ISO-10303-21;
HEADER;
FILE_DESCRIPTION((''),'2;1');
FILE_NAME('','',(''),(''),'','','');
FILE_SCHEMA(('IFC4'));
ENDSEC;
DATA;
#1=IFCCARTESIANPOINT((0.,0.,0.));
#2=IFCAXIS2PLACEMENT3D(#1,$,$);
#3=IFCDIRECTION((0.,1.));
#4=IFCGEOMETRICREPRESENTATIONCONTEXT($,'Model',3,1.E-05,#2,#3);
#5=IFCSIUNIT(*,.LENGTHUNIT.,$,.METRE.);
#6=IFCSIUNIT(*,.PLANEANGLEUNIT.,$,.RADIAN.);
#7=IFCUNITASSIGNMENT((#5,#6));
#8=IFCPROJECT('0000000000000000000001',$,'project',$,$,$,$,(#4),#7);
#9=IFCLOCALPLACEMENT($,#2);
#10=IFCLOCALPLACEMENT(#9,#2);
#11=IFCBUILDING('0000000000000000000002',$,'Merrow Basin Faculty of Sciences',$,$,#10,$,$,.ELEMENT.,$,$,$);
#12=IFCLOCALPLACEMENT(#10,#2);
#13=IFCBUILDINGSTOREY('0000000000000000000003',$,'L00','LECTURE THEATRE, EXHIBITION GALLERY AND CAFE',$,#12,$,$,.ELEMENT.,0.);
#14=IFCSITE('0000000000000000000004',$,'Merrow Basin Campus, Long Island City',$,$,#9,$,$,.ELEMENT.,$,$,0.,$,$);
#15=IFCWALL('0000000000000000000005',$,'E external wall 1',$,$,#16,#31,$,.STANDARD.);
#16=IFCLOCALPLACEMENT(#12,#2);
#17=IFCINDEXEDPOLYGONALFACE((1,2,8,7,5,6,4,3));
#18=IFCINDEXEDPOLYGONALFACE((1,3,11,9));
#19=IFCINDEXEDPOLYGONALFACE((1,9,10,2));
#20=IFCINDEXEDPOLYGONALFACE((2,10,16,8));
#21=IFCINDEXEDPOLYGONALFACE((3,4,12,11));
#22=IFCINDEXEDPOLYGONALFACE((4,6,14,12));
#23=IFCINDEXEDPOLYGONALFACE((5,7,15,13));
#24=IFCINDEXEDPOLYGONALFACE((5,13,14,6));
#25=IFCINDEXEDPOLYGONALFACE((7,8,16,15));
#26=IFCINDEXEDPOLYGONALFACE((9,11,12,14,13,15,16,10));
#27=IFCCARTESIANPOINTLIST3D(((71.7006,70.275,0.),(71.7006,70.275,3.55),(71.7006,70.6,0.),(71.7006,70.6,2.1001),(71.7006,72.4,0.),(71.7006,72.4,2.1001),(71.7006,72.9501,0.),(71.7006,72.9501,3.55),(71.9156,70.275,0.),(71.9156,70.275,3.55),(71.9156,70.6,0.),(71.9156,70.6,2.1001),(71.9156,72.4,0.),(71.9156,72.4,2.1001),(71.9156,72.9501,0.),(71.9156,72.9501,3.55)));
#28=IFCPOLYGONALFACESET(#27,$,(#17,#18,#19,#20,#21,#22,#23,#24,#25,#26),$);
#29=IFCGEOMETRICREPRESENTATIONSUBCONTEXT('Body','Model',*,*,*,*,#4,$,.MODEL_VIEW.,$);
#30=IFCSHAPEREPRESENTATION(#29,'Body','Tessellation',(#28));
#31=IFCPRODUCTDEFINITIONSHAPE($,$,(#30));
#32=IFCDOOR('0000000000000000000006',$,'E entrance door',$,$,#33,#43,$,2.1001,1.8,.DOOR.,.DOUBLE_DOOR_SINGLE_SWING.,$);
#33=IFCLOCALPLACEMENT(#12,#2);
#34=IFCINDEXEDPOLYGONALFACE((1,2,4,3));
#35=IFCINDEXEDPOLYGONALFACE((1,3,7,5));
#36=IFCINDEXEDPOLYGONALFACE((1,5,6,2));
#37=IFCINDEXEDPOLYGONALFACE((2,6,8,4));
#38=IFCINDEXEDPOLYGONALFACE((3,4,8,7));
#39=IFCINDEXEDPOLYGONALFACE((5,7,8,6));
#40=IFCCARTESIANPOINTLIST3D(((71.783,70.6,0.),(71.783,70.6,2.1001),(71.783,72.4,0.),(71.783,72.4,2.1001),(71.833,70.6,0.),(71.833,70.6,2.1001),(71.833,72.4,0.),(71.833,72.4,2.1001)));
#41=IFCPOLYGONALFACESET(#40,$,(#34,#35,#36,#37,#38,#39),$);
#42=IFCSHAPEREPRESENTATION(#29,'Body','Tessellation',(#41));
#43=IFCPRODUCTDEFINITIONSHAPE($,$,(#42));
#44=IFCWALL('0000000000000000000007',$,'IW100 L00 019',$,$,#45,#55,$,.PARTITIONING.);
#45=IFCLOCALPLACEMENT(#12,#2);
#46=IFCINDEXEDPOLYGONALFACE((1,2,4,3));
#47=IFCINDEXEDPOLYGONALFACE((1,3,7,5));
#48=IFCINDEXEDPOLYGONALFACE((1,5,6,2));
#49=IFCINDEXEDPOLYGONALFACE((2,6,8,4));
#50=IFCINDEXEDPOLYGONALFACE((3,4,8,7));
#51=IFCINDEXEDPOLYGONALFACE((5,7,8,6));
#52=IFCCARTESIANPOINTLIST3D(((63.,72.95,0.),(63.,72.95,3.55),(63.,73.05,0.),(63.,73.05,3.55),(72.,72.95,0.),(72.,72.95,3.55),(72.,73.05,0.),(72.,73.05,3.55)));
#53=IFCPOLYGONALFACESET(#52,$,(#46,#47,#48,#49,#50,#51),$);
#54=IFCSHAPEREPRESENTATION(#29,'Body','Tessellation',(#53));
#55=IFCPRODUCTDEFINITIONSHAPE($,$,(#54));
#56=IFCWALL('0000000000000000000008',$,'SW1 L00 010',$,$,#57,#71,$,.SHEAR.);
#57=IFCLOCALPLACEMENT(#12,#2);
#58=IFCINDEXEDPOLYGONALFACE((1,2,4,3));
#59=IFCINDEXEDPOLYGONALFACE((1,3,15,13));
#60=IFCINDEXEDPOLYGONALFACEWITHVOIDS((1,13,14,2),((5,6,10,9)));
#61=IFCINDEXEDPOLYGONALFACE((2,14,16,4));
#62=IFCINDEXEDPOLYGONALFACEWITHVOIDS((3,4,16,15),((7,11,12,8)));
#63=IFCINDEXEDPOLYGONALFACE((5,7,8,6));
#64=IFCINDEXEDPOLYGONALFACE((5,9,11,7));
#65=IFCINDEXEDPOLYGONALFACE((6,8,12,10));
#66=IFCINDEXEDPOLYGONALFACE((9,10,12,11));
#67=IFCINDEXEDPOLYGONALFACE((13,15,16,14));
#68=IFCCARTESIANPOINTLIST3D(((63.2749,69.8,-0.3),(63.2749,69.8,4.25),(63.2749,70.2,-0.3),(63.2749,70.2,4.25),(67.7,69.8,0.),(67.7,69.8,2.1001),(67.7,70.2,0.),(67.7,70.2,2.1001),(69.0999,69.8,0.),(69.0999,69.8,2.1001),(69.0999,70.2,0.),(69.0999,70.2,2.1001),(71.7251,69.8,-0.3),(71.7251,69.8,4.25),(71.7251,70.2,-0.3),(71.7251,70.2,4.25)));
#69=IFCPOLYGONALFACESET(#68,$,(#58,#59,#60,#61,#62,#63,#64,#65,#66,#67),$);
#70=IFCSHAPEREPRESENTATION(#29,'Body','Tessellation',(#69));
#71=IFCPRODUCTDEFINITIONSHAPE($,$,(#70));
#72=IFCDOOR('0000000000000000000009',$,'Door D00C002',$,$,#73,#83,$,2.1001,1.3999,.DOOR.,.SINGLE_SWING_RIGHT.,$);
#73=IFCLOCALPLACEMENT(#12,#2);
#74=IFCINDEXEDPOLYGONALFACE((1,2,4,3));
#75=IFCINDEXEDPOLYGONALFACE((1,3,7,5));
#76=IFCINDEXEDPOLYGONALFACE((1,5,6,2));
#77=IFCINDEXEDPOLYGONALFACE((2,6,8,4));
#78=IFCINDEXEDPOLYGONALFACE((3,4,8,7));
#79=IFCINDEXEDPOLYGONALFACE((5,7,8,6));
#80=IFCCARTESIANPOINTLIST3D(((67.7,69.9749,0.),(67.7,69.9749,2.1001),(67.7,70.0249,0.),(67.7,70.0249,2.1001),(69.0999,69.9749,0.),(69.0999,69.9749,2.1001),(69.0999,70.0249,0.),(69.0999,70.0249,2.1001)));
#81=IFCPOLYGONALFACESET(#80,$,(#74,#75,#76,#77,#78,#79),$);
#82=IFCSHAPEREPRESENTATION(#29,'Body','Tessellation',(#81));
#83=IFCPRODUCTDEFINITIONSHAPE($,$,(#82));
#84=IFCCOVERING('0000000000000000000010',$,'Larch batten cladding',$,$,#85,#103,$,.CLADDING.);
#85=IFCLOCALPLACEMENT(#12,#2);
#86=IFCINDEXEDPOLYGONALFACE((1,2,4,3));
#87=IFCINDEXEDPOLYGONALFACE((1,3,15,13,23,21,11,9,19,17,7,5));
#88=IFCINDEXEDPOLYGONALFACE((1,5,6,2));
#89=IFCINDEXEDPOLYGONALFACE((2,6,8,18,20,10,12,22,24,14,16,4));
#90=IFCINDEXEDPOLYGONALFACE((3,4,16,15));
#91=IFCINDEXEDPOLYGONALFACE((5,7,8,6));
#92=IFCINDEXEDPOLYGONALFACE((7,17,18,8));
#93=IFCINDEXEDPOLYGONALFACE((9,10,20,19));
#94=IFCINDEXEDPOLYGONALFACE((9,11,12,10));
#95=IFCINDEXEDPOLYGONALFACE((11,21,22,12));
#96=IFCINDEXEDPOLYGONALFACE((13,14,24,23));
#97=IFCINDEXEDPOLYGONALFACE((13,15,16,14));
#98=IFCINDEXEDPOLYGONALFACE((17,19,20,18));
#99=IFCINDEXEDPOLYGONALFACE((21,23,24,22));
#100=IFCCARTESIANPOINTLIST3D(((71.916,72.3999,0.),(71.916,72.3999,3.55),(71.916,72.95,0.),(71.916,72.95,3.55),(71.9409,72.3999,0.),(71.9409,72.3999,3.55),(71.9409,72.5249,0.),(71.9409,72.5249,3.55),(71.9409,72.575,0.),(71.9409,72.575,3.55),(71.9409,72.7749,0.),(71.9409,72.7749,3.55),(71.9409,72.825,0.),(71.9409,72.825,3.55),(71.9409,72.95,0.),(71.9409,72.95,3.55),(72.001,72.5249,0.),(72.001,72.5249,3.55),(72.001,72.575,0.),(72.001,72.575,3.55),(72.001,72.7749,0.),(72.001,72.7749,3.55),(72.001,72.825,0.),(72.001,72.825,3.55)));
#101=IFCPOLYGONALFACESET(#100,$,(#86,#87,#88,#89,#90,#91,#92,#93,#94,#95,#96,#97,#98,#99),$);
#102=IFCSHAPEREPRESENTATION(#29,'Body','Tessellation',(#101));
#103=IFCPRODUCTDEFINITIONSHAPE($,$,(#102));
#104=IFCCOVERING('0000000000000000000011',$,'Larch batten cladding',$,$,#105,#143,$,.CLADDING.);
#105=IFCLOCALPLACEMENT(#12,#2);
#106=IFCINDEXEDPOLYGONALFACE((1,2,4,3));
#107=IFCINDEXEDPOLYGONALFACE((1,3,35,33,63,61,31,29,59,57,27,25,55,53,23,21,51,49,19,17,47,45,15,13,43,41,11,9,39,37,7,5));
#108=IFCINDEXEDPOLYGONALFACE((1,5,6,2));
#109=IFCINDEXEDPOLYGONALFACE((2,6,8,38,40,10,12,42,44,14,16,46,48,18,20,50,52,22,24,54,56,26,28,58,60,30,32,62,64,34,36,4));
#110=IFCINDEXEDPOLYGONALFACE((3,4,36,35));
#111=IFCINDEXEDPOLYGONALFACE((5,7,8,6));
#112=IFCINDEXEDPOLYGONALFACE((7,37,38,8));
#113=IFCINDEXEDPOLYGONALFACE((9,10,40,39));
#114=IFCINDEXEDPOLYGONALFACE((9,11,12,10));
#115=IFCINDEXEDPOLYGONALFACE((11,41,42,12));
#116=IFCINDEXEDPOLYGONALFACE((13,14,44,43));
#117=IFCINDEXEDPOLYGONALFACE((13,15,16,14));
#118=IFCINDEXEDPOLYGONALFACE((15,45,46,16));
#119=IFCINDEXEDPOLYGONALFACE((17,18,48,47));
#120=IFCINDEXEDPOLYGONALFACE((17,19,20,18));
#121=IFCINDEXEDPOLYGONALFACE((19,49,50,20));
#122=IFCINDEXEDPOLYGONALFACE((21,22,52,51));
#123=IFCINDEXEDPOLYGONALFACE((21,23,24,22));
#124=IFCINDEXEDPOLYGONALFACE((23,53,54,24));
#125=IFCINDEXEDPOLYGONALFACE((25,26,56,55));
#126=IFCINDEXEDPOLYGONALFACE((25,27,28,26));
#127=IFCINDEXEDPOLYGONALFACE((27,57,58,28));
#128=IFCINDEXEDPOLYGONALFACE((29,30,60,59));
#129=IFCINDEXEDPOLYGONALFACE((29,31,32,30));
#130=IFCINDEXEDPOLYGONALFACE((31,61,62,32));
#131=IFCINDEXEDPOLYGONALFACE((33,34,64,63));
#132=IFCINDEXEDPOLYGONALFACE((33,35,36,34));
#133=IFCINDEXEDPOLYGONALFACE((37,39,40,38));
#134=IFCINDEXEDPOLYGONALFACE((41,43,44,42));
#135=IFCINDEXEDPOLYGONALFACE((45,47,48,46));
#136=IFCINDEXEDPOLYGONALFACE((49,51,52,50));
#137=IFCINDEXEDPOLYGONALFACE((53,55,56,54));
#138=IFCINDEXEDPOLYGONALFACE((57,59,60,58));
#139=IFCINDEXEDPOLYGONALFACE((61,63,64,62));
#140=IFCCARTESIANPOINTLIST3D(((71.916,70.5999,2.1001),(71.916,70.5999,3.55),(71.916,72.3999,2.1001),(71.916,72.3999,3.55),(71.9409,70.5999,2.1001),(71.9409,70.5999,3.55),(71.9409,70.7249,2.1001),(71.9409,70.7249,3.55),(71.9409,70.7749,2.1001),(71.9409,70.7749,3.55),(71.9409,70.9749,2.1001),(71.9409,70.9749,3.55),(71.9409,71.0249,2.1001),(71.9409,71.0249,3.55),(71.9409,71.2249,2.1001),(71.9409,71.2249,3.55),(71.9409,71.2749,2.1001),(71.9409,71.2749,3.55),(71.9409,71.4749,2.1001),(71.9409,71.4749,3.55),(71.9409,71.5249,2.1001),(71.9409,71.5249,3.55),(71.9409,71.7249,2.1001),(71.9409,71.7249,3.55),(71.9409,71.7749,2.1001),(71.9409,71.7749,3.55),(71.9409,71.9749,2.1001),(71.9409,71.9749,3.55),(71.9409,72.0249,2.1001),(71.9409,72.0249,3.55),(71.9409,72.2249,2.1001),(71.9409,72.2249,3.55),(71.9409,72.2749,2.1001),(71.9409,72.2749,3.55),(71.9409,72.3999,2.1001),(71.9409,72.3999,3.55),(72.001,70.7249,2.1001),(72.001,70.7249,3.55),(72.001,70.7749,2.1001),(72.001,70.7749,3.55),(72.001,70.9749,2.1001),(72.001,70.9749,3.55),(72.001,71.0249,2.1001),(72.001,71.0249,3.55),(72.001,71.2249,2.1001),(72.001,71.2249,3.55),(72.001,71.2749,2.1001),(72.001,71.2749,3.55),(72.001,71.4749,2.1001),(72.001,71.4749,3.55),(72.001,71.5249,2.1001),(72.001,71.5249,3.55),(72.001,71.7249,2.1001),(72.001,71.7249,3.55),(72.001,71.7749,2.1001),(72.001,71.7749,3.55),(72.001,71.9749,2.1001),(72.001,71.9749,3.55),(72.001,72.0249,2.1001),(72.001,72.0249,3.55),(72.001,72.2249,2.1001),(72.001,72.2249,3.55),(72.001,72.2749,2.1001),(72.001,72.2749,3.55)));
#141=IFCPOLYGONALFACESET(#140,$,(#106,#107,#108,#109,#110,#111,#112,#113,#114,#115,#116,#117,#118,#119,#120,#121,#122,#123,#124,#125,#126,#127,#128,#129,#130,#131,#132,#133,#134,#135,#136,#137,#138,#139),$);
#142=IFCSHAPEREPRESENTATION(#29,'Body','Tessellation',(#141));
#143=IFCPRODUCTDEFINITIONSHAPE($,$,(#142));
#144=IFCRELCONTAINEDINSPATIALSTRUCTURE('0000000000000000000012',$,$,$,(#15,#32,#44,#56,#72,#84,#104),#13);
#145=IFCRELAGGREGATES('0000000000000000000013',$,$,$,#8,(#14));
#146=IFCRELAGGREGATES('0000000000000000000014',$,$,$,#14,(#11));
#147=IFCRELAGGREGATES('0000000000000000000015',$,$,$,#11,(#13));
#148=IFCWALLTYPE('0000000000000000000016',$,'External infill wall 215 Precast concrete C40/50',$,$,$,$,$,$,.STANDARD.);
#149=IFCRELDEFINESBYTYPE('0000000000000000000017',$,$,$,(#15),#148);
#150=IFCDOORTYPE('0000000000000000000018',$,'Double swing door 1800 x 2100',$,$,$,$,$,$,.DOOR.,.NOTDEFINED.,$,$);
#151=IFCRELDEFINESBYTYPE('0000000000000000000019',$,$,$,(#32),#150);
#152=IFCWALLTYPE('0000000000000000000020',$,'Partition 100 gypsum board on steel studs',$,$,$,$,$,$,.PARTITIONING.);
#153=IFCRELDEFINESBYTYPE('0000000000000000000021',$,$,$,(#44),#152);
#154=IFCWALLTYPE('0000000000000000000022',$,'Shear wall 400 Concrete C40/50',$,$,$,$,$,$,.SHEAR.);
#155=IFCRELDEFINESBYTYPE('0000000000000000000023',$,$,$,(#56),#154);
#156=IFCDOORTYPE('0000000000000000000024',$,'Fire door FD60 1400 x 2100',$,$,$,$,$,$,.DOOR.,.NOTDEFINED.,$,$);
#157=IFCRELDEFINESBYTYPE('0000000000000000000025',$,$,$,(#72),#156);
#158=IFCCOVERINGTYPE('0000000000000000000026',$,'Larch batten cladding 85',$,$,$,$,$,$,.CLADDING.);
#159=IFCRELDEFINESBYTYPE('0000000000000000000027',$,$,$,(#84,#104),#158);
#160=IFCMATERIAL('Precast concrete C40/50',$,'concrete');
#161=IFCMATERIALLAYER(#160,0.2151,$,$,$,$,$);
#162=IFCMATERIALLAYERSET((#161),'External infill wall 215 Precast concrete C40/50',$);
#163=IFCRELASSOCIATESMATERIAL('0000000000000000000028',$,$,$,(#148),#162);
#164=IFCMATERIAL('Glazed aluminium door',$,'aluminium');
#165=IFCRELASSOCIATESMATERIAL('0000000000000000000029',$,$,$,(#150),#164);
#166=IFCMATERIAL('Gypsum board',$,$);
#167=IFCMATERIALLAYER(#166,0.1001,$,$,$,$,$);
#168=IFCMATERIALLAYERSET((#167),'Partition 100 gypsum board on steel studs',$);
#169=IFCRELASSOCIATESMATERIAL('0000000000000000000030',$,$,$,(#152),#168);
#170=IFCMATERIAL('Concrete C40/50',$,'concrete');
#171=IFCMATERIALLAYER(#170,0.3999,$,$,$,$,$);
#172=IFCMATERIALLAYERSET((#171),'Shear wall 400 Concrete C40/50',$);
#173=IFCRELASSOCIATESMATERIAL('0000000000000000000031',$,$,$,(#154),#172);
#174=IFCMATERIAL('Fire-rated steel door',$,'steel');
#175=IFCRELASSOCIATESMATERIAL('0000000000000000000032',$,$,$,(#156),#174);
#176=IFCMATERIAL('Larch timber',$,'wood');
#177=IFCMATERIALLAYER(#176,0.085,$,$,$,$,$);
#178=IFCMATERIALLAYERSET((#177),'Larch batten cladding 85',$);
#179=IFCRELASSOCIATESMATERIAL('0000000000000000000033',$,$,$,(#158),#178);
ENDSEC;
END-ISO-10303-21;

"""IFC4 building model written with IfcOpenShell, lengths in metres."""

from ifc_helpers import new_model, si_unit, direction, frame, frame_2d, origin, place, context, subcontext, project, spatial, polyline, rectangle, outline, extrude, source, transform, mapped, material, layer, layer_set, type_object, element, fill, save


model = new_model("IFC4")

# Units and contexts
model_context = context("Model", 3, precision=1e-05, world=origin(), true_north=direction((0.0, 1.0)))
body_context = subcontext(model_context, "Body", "Model", "MODEL_VIEW")
ifc_project = project(units=[si_unit("LENGTHUNIT", "METRE"), si_unit("PLANEANGLEUNIT", "RADIAN")], contexts=[model_context])

# Site, building, storey
site_placement = place(None, origin())
site = spatial("IfcSite", under=ifc_project, at=site_placement, Name="Merrow Basin Campus, Long Island City", CompositionType="ELEMENT", RefElevation=0.0)
building_placement = place(site_placement, origin())
building = spatial("IfcBuilding", under=site, at=building_placement, Name="Merrow Basin Faculty of Sciences", CompositionType="ELEMENT")
storey_placement = place(building_placement, origin())
storey = spatial("IfcBuildingStorey", under=building, at=storey_placement, Name="L00", Description="LECTURE THEATRE, EXHIBITION GALLERY AND CAFE", CompositionType="ELEMENT", Elevation=0.0)

# Wall, opening, door
ifc_material_1 = material(Name="Precast concrete C40/50", Category="concrete")
ifc_layer_1 = layer(ifc_material_1, 0.2151)
ifc_layer_set_1 = layer_set([ifc_layer_1], Name="External infill wall 215 Precast concrete C40/50")
wall_type_1 = type_object("IfcWallType", Name="External infill wall 215 Precast concrete C40/50", PredefinedType="STANDARD", material=ifc_layer_set_1)
wall_1_placement = place(storey_placement, frame((71.8081, 72.95, 0.0), z_axis=(0.0, 0.0, 1.0), x_axis=(0.0, -1.0, 0.0)))
wall_1 = element("IfcWall", 1, at=wall_1_placement, inside=storey, type_object=wall_type_1, Name="E external wall 1", PredefinedType="STANDARD", context=body_context, shape_type="SweptSolid", body=[
    extrude(rectangle(XDim=2.675, YDim=0.2151, at=frame_2d((1.3374, 0.0))), origin(), (0.0, 0.0, 1.0), 3.55),
])
opening_1_placement = place(wall_1_placement, frame((0.55, 0.0, 0.0)))
opening_1 = element("IfcOpeningElement", 2, at=opening_1_placement, cuts=wall_1, PredefinedType="OPENING", context=body_context, shape_type="SweptSolid", body=[
    extrude(rectangle(XDim=1.8, YDim=2.1001, at=frame_2d((0.8999, 1.05))), frame((0.0, 0.1174, 0.0), z_axis=(0.0, -1.0, 0.0), x_axis=(1.0, 0.0, 0.0)), (0.0, 0.0, 1.0), 0.2351),
])
ifc_material_2 = material(Name="Glazed aluminium door", Category="aluminium")
door_type_1 = type_object("IfcDoorType", Name="Double swing door 1800 x 2100", OperationType="NOTDEFINED", PredefinedType="DOOR", material=ifc_material_2)
door_1_placement = place(opening_1_placement, origin())
door_1 = element("IfcDoor", 3, at=door_1_placement, inside=storey, type_object=door_type_1, Name="E entrance door", OperationType="DOUBLE_DOOR_SINGLE_SWING", OverallHeight=2.1001, OverallWidth=1.8, PredefinedType="DOOR", context=body_context, shape_type="SweptSolid", body=[
    extrude(rectangle(XDim=1.8, YDim=2.1001, at=frame_2d((0.8999, 1.05))), frame((0.0, 0.0249, 0.0), z_axis=(0.0, -1.0, 0.0), x_axis=(1.0, 0.0, 0.0)), (0.0, 0.0, 1.0), 0.05),
])
fill(opening_1, door_1)
ifc_material_3 = material(Name="Gypsum board")
ifc_layer_2 = layer(ifc_material_3, 0.1001)
ifc_layer_set_2 = layer_set([ifc_layer_2], Name="Partition 100 gypsum board on steel studs")
wall_type_2 = type_object("IfcWallType", Name="Partition 100 gypsum board on steel studs", PredefinedType="PARTITIONING", material=ifc_layer_set_2)

# Wall
wall_2_placement = place(storey_placement, frame((63.0, 73.0, 0.0), z_axis=(0.0, 0.0, 1.0), x_axis=(1.0, 0.0, 0.0)))
element("IfcWall", 4, at=wall_2_placement, inside=storey, type_object=wall_type_2, Name="IW100 L00 019", PredefinedType="PARTITIONING", context=body_context, shape_type="SweptSolid", body=[
    extrude(rectangle(XDim=9.0, YDim=0.1001, at=frame_2d((4.5, 0.0))), origin(), (0.0, 0.0, 1.0), 3.55),
])

# Wall, opening, door
ifc_material_4 = material(Name="Concrete C40/50", Category="concrete")
ifc_layer_3 = layer(ifc_material_4, 0.3999)
ifc_layer_set_3 = layer_set([ifc_layer_3], Name="Shear wall 400 Concrete C40/50")
wall_type_3 = type_object("IfcWallType", Name="Shear wall 400 Concrete C40/50", PredefinedType="SHEAR", material=ifc_layer_set_3)
wall_3_placement = place(storey_placement, frame((63.2749, 70.0, -0.3), z_axis=(0.0, 0.0, 1.0), x_axis=(1.0, 0.0, 0.0)))
wall_3 = element("IfcWall", 5, at=wall_3_placement, inside=storey, type_object=wall_type_3, Name="SW1 L00 010", PredefinedType="SHEAR", context=body_context, shape_type="SweptSolid", body=[
    extrude(rectangle(XDim=8.4502, YDim=0.3999, at=frame_2d((4.2251, 0.0))), origin(), (0.0, 0.0, 1.0), 4.55),
])
opening_2_placement = place(wall_3_placement, frame((4.425, 0.0, 0.3)))
opening_2 = element("IfcOpeningElement", 6, at=opening_2_placement, cuts=wall_3, PredefinedType="OPENING", context=body_context, shape_type="SweptSolid", body=[
    extrude(rectangle(XDim=1.3999, YDim=2.1001, at=frame_2d((0.7, 1.05))), frame((0.0, 0.21, 0.0), z_axis=(0.0, -1.0, 0.0), x_axis=(1.0, 0.0, 0.0)), (0.0, 0.0, 1.0), 0.4199),
])
ifc_material_5 = material(Name="Fire-rated steel door", Category="steel")
door_type_2 = type_object("IfcDoorType", Name="Fire door FD60 1400 x 2100", OperationType="NOTDEFINED", PredefinedType="DOOR", material=ifc_material_5)
door_2_placement = place(opening_2_placement, origin())
door_2 = element("IfcDoor", 7, at=door_2_placement, inside=storey, type_object=door_type_2, Name="Door D00C002", OperationType="SINGLE_SWING_RIGHT", OverallHeight=2.1001, OverallWidth=1.3999, PredefinedType="DOOR", context=body_context, shape_type="SweptSolid", body=[
    extrude(rectangle(XDim=1.3999, YDim=2.1001, at=frame_2d((0.7, 1.05))), frame((0.0, 0.0249, 0.0), z_axis=(0.0, -1.0, 0.0), x_axis=(1.0, 0.0, 0.0)), (0.0, 0.0, 1.0), 0.05),
])
fill(opening_2, door_2)

# Coverings
ifc_material_6 = material(Name="Larch timber", Category="wood")
ifc_layer_4 = layer(ifc_material_6, 0.085)
ifc_layer_set_4 = layer_set([ifc_layer_4], Name="Larch batten cladding 85")
covering_type = type_object("IfcCoveringType", Name="Larch batten cladding 85", PredefinedType="CLADDING", material=ifc_layer_set_4)
shared_shape_1 = source(origin(), body_context, "Body", "SweptSolid", [
    extrude(outline(polyline([(0.0, 0.0), (0.55, 0.0), (0.55, 0.0249), (0.425, 0.0249), (0.425, 0.085), (0.375, 0.085), (0.375, 0.0249), (0.175, 0.0249), (0.175, 0.085), (0.125, 0.085), (0.125, 0.0249), (0.0, 0.0249), (0.0, 0.0)])), origin(), (0.0, 0.0, 1.0), 3.55),
])
covering_1_placement = place(storey_placement, frame((71.916, 72.95, 0.0), z_axis=(0.0, 0.0, 1.0), x_axis=(0.0, -1.0, 0.0)))
element("IfcCovering", 8, at=covering_1_placement, inside=storey, type_object=covering_type, Name="Larch batten cladding", PredefinedType="CLADDING", context=body_context, shape_type="MappedRepresentation", body=[
    mapped(shared_shape_1, transform((0.0, 0.0, 0.0), scale=1.0)),
])
shared_shape_2 = source(origin(), body_context, "Body", "SweptSolid", [
    extrude(outline(polyline([(0.0, 0.0), (1.8, 0.0), (1.8, 0.0249), (1.675, 0.0249), (1.675, 0.085), (1.625, 0.085), (1.625, 0.0249), (1.425, 0.0249), (1.425, 0.085), (1.375, 0.085), (1.375, 0.0249), (1.175, 0.0249), (1.175, 0.085), (1.125, 0.085), (1.125, 0.0249), (0.925, 0.0249), (0.925, 0.085), (0.875, 0.085), (0.875, 0.0249), (0.675, 0.0249), (0.675, 0.085), (0.625, 0.085), (0.625, 0.0249), (0.425, 0.0249), (0.425, 0.085), (0.375, 0.085), (0.375, 0.0249), (0.175, 0.0249), (0.175, 0.085), (0.125, 0.085), (0.125, 0.0249), (0.0, 0.0249), (0.0, 0.0)])), origin(), (0.0, 0.0, 1.0), 1.45),
])
for number, where, z_axis, x_axis, name in (
    (9, (71.916, 72.3999, 2.1001), (0.0, 0.0, 1.0), (0.0, -1.0, 0.0), "Larch batten cladding"),
):
    element("IfcCovering", number, at=place(storey_placement, frame(where, z_axis=z_axis, x_axis=x_axis)), inside=storey, type_object=covering_type, Name=name, PredefinedType="CLADDING", context=body_context, shape_type="MappedRepresentation", body=[
        mapped(shared_shape_2, transform((0.0, 0.0, 0.0), scale=1.0)),
    ])

save(model, "model.ifc")
